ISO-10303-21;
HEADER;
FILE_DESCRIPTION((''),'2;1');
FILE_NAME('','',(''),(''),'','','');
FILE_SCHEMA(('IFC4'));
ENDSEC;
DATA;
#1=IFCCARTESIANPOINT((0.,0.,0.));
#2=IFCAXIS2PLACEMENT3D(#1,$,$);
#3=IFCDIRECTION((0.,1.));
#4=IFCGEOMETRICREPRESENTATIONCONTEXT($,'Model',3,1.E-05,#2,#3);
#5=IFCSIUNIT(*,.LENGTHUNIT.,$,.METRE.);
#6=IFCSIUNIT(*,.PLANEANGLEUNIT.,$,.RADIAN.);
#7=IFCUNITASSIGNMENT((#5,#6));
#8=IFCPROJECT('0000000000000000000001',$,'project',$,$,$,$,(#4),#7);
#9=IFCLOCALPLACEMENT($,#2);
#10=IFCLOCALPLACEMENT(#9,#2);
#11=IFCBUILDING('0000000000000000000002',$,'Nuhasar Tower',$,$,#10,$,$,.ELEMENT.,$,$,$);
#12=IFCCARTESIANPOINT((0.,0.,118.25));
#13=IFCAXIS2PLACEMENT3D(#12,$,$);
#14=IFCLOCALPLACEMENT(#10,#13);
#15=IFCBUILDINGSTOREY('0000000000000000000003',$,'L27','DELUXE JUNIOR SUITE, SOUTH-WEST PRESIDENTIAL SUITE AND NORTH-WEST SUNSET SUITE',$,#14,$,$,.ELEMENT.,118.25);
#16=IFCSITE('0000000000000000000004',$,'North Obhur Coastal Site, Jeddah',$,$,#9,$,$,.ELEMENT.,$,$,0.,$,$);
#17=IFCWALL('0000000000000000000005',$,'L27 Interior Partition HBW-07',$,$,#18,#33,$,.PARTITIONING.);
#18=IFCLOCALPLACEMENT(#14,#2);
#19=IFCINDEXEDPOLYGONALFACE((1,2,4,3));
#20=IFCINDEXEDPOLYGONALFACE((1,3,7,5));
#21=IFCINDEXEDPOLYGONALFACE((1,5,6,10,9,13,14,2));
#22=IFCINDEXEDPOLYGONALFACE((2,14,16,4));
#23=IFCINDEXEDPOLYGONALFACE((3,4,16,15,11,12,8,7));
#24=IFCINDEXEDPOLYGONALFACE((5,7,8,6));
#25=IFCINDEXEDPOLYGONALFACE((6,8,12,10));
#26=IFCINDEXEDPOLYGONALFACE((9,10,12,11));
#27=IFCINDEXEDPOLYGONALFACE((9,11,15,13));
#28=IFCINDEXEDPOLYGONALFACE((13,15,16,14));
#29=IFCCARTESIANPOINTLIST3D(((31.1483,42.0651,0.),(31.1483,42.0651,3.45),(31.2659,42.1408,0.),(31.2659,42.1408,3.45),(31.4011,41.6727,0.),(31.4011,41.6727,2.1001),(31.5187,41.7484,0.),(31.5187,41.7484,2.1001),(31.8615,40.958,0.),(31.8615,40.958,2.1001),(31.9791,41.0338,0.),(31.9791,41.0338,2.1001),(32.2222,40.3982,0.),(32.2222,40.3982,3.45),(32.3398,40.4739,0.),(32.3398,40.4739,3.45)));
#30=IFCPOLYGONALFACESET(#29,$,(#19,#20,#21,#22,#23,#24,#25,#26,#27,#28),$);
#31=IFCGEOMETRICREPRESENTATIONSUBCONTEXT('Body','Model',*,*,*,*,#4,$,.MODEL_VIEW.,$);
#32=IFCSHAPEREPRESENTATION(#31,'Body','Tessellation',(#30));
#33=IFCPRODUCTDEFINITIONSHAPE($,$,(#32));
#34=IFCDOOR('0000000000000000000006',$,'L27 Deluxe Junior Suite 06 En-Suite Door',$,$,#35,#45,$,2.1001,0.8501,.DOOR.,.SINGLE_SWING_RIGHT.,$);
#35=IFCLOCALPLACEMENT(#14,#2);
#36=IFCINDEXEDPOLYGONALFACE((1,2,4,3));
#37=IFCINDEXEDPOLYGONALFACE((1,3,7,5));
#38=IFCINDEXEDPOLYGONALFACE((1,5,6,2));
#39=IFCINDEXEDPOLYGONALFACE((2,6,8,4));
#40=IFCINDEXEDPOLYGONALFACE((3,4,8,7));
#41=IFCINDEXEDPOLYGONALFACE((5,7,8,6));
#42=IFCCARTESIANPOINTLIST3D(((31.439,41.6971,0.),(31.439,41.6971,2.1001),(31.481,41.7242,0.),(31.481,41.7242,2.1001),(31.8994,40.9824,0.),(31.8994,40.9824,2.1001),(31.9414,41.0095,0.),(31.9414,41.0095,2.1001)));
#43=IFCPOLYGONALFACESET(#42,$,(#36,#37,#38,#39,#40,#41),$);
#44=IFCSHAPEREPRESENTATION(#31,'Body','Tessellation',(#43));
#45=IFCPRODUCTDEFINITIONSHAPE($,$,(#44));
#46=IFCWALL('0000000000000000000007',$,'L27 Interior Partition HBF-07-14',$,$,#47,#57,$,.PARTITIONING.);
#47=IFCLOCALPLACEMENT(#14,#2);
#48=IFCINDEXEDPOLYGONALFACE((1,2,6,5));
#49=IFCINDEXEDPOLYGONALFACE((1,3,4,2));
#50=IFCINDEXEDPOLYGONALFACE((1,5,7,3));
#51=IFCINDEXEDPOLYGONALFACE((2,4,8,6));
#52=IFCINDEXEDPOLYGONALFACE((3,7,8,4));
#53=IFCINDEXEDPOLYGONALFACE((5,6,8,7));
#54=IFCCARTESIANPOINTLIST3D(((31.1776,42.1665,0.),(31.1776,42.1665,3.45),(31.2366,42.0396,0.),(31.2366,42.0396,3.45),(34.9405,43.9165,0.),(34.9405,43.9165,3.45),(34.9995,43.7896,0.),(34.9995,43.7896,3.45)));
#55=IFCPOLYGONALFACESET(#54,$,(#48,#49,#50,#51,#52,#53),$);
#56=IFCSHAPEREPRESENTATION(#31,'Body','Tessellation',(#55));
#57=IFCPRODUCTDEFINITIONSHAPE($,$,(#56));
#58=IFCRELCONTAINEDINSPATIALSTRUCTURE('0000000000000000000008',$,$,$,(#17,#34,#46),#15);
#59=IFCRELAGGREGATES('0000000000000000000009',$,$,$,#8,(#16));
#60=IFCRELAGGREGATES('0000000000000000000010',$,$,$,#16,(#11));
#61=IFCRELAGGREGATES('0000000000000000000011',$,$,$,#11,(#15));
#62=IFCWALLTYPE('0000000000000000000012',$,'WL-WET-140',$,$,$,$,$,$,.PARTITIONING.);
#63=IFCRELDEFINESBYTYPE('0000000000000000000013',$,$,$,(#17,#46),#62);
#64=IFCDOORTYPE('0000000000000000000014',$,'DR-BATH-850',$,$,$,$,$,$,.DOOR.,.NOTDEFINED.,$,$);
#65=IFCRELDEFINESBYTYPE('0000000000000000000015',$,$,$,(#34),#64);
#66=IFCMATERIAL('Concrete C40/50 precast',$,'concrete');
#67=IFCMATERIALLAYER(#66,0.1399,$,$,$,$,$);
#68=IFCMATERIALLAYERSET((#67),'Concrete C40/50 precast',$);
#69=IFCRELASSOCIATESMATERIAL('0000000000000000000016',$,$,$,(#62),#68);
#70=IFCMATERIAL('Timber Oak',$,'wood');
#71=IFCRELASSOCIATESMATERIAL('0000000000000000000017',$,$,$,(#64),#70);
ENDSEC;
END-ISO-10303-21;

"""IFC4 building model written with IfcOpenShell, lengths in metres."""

from ifc_helpers import new_model, si_unit, direction, frame, frame_2d, origin, place, context, subcontext, project, spatial, rectangle, extrude, material, layer, layer_set, type_object, element, fill, save


model = new_model("IFC4")

# Units and contexts
model_context = context("Model", 3, precision=1e-05, world=origin(), true_north=direction((0.0, 1.0)))
body_context = subcontext(model_context, "Body", "Model", "MODEL_VIEW")
ifc_project = project(units=[si_unit("LENGTHUNIT", "METRE"), si_unit("PLANEANGLEUNIT", "RADIAN")], contexts=[model_context])

# Site, building, storey
site_placement = place(None, origin())
site = spatial("IfcSite", under=ifc_project, at=site_placement, Name="North Obhur Coastal Site, Jeddah", CompositionType="ELEMENT", RefElevation=0.0)
building_placement = place(site_placement, origin())
building = spatial("IfcBuilding", under=site, at=building_placement, Name="Nuhasar Tower", CompositionType="ELEMENT")
storey_placement = place(building_placement, frame((0.0, 0.0, 118.25)))
storey = spatial("IfcBuildingStorey", under=building, at=storey_placement, Name="L27", Description="DELUXE JUNIOR SUITE, SOUTH-WEST PRESIDENTIAL SUITE AND NORTH-WEST SUNSET SUITE", CompositionType="ELEMENT", Elevation=118.25)

# Shared definitions
ifc_material_1 = material(Name="Timber Oak", Category="wood")

# Shared definitions
ifc_material_2 = material(Name="Concrete C40/50 precast", Category="concrete")

# Wall, opening, door
ifc_layer_1 = layer(ifc_material_2, 0.1399)
ifc_layer_set_1 = layer_set([ifc_layer_1], Name="Concrete C40/50 precast")
wall_type_1 = type_object("IfcWallType", Name="WL-WET-140", PredefinedType="PARTITIONING", material=ifc_layer_set_1)
wall_1_placement = place(storey_placement, frame((32.281, 40.436, 0.0), z_axis=(0.0, 0.0, 1.0), x_axis=(-0.541591, 0.840642, 0.0)))
wall_1 = element("IfcWall", 1, at=wall_1_placement, inside=storey, type_object=wall_type_1, Name="L27 Interior Partition HBW-07", PredefinedType="PARTITIONING", context=body_context, shape_type="SweptSolid", body=[
    extrude(rectangle(XDim=1.9829, YDim=0.1399, at=frame_2d((0.9915, 0.0))), origin(), (0.0, 0.0, 1.0), 3.45),
])
opening_1_placement = place(wall_1_placement, frame((0.666, 0.0, 0.0)))
opening_1 = element("IfcOpeningElement", 2, at=opening_1_placement, cuts=wall_1, PredefinedType="OPENING", context=body_context, shape_type="SweptSolid", body=[
    extrude(rectangle(XDim=0.8501, YDim=2.1001, at=frame_2d((0.425, 1.05))), frame((0.0, 0.0801, 0.0), z_axis=(0.0, -1.0, 0.0), x_axis=(1.0, 0.0, 0.0)), (0.0, 0.0, 1.0), 0.1599),
])
door_type_1 = type_object("IfcDoorType", Name="DR-BATH-850", OperationType="NOTDEFINED", PredefinedType="DOOR", material=ifc_material_1)
door_1_placement = place(opening_1_placement, origin())
door_1 = element("IfcDoor", 3, at=door_1_placement, inside=storey, type_object=door_type_1, Name="L27 Deluxe Junior Suite 06 En-Suite Door", OperationType="SINGLE_SWING_RIGHT", OverallHeight=2.1001, OverallWidth=0.8501, PredefinedType="DOOR", context=body_context, shape_type="SweptSolid", body=[
    extrude(rectangle(XDim=0.8501, YDim=2.1001, at=frame_2d((0.425, 1.05))), frame((0.0, 0.0249, 0.0), z_axis=(0.0, -1.0, 0.0), x_axis=(1.0, 0.0, 0.0)), (0.0, 0.0, 1.0), 0.05),
])
fill(opening_1, door_1)

# Wall
wall_2_placement = place(storey_placement, frame((34.97, 43.853, 0.0), z_axis=(0.0, 0.0, 1.0), x_axis=(-0.90674, -0.42169, 0.0)))
element("IfcWall", 4, at=wall_2_placement, inside=storey, type_object=wall_type_1, Name="L27 Interior Partition HBF-07-14", PredefinedType="PARTITIONING", context=body_context, shape_type="SweptSolid", body=[
    extrude(rectangle(XDim=4.1499, YDim=0.1399, at=frame_2d((2.075, 0.0))), origin(), (0.0, 0.0, 1.0), 3.45),
])

save(model, "model.ifc")
